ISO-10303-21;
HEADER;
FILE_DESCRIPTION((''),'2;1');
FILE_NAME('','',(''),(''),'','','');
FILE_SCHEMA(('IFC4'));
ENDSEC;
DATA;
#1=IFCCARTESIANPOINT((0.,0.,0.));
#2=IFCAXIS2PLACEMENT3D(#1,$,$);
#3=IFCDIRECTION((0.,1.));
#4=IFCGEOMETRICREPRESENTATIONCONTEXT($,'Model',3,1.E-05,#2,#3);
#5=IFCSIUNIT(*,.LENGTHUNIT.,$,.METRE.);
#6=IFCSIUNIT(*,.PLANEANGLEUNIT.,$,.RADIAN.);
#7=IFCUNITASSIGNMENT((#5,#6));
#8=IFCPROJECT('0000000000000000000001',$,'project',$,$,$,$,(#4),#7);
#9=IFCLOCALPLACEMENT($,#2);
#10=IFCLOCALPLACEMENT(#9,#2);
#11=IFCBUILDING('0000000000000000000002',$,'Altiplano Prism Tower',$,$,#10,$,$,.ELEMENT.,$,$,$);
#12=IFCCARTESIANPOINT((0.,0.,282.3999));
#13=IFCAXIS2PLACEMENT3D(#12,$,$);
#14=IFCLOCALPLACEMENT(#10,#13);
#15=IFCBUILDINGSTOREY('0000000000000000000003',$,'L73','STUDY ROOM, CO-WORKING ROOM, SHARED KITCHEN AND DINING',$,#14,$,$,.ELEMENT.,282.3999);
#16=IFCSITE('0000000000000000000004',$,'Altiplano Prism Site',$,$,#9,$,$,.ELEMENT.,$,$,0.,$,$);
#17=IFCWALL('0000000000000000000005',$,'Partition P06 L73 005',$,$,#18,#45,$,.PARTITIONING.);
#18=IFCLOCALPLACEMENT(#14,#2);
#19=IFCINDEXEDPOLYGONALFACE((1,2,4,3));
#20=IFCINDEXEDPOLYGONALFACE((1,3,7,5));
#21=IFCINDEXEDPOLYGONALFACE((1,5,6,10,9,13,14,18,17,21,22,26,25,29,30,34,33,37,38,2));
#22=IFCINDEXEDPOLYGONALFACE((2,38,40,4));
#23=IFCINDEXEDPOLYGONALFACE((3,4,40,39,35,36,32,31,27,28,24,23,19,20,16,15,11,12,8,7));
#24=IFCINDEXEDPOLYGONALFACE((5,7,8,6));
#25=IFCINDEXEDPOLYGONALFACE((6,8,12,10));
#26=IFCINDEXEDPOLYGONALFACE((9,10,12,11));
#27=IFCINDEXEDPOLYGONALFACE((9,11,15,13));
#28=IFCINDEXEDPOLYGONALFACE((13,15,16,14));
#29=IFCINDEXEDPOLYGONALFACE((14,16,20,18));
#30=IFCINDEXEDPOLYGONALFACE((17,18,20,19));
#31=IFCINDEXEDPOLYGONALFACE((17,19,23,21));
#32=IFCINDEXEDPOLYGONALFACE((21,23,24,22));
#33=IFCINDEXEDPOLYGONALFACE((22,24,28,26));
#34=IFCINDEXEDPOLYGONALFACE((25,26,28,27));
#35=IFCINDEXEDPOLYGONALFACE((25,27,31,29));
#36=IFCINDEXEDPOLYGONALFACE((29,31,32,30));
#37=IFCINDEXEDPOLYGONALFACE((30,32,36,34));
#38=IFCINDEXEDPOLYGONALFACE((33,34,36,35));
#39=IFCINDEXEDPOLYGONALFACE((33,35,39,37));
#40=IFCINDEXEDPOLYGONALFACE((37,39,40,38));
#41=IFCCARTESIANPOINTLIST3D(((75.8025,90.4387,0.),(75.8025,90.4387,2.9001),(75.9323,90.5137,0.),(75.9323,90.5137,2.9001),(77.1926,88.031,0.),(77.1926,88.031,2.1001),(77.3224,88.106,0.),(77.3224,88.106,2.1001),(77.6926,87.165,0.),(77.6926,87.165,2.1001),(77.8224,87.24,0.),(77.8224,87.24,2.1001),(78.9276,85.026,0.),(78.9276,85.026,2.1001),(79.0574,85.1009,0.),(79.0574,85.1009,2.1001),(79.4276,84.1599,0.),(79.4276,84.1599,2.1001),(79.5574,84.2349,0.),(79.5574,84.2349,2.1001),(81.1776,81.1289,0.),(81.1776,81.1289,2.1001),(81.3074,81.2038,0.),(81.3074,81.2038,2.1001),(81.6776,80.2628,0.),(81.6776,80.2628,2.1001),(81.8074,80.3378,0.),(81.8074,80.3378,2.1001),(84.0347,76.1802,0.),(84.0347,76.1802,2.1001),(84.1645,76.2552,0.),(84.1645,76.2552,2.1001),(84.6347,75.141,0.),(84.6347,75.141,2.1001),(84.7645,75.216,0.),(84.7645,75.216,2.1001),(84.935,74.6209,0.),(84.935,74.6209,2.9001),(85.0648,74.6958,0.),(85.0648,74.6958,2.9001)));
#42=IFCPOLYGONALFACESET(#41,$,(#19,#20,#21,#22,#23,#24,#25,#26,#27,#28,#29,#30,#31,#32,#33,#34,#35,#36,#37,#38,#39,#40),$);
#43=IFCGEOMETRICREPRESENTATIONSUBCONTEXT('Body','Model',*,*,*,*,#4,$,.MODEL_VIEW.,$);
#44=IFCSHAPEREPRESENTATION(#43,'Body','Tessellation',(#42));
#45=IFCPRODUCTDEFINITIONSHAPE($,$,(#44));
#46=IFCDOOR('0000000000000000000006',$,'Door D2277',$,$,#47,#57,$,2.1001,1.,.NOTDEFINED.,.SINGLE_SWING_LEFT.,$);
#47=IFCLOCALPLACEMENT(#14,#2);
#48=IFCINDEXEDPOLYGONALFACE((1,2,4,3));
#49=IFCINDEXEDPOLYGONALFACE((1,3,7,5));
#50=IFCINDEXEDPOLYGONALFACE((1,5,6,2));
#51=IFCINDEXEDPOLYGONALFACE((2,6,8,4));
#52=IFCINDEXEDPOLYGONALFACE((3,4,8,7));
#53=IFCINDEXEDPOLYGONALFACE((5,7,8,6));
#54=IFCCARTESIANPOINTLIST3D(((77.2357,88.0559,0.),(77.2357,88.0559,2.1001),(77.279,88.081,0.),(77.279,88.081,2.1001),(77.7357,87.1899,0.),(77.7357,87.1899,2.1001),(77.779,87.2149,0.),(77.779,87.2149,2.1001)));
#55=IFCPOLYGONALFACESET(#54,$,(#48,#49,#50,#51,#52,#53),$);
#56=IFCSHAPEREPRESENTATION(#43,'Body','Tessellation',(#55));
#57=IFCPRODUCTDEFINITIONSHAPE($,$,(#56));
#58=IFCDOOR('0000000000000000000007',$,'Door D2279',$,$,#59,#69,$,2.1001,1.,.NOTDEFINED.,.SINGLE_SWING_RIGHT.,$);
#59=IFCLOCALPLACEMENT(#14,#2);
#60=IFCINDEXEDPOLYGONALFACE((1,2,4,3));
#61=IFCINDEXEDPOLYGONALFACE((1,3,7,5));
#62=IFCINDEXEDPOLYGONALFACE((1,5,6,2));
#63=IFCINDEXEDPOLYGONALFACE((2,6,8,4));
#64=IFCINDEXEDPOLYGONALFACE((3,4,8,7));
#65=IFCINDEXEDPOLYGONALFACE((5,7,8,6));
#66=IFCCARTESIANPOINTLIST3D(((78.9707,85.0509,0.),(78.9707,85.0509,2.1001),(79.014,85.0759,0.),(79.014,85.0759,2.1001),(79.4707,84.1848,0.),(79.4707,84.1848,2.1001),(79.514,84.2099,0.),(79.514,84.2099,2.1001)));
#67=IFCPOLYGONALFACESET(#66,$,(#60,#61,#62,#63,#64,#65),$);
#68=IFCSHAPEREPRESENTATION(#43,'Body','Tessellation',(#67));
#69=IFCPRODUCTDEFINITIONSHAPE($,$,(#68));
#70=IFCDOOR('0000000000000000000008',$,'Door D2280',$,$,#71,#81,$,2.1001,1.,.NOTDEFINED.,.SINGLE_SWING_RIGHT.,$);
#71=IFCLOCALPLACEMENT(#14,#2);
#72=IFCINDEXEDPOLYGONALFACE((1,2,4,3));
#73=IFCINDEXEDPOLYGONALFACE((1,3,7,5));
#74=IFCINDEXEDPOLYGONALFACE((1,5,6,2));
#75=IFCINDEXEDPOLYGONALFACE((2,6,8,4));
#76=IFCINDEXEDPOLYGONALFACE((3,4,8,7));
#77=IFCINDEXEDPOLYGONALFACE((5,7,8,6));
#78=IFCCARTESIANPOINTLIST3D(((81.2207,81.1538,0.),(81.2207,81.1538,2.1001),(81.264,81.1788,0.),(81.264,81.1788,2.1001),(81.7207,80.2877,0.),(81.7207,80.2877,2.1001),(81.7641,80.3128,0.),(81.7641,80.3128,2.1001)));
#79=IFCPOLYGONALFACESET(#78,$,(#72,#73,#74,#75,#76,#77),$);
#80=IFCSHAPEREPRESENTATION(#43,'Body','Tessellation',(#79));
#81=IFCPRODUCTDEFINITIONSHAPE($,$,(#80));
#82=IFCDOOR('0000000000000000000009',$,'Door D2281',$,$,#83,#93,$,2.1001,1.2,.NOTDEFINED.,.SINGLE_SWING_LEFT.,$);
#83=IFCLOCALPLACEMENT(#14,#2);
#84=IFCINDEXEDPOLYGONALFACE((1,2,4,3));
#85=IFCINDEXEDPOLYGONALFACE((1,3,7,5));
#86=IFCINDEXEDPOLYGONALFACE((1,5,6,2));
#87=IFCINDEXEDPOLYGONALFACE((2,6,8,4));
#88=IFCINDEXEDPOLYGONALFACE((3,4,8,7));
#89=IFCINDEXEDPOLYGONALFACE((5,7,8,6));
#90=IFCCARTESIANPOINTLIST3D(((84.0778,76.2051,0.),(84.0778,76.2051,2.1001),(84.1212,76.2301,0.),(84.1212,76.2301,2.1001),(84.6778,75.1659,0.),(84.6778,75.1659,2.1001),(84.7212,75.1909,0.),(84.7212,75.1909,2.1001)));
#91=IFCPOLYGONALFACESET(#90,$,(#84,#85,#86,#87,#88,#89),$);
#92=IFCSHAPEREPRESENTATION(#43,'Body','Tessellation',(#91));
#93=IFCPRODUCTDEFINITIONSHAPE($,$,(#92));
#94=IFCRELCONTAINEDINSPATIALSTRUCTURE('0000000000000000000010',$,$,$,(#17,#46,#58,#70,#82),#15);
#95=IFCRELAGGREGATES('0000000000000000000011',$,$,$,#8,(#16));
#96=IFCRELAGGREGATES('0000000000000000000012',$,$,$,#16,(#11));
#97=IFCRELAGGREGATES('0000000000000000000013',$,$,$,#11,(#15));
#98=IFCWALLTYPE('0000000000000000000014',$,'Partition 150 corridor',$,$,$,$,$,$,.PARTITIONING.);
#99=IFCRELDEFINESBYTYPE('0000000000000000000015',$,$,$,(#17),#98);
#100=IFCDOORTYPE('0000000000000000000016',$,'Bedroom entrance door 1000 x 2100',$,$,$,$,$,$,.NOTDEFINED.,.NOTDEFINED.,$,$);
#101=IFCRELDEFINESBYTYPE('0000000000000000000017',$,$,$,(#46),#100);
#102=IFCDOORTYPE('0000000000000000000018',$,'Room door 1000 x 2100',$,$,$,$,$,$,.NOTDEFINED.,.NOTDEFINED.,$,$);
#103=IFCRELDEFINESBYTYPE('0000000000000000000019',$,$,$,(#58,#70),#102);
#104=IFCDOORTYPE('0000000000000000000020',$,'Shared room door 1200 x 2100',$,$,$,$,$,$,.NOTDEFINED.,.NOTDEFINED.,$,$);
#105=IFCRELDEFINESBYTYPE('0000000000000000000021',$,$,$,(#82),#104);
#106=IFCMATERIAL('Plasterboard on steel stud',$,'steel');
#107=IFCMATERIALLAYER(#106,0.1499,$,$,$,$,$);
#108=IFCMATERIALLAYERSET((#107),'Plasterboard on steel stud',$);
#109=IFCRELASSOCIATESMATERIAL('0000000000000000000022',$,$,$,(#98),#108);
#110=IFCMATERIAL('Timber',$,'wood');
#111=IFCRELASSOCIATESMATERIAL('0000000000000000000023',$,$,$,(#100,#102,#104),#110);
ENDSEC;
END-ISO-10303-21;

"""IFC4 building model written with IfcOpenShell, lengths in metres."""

from ifc_helpers import new_model, si_unit, direction, frame, frame_2d, origin, place, context, subcontext, project, spatial, rectangle, extrude, material, layer, layer_set, type_object, element, fill, save


model = new_model("IFC4")

# Units and contexts
model_context = context("Model", 3, precision=1e-05, world=origin(), true_north=direction((0.0, 1.0)))
body_context = subcontext(model_context, "Body", "Model", "MODEL_VIEW")
ifc_project = project(units=[si_unit("LENGTHUNIT", "METRE"), si_unit("PLANEANGLEUNIT", "RADIAN")], contexts=[model_context])

# Site, building, storey
site_placement = place(None, origin())
site = spatial("IfcSite", under=ifc_project, at=site_placement, Name="Altiplano Prism Site", CompositionType="ELEMENT", RefElevation=0.0)
building_placement = place(site_placement, origin())
building = spatial("IfcBuilding", under=site, at=building_placement, Name="Altiplano Prism Tower", CompositionType="ELEMENT")
storey_placement = place(building_placement, frame((0.0, 0.0, 282.3999)))
storey = spatial("IfcBuildingStorey", under=building, at=storey_placement, Name="L73", Description="STUDY ROOM, CO-WORKING ROOM, SHARED KITCHEN AND DINING", CompositionType="ELEMENT", Elevation=282.3999)

# Shared definitions
ifc_material_1 = material(Name="Plasterboard on steel stud", Category="steel")
ifc_material_2 = material(Name="Timber", Category="wood")

# Wall, openings, doors
ifc_layer_1 = layer(ifc_material_1, 0.1499)
ifc_layer_set_1 = layer_set([ifc_layer_1], Name="Plasterboard on steel stud")
wall_type_1 = type_object("IfcWallType", Name="Partition 150 corridor", PredefinedType="PARTITIONING", material=ifc_layer_set_1)
wall_1_placement = place(storey_placement, frame((75.8674, 90.4761, 0.0), z_axis=(0.0, 0.0, 1.0), x_axis=(0.500005, -0.866023, 0.0)))
wall_1 = element("IfcWall", 1, at=wall_1_placement, inside=storey, type_object=wall_type_1, Name="Partition P06 L73 005", PredefinedType="PARTITIONING", context=body_context, shape_type="SweptSolid", body=[
    extrude(rectangle(XDim=18.2649, YDim=0.1499, at=frame_2d((9.1323, 0.0))), origin(), (0.0, 0.0, 1.0), 2.9001),
])
opening_1_placement = place(wall_1_placement, frame((2.78, 0.0, 0.0)))
opening_1 = element("IfcOpeningElement", 2, at=opening_1_placement, cuts=wall_1, PredefinedType="OPENING", context=body_context, shape_type="SweptSolid", body=[
    extrude(rectangle(XDim=1.0, YDim=2.1001, at=frame_2d((0.5, 1.05))), frame((0.0, 0.0854, 0.0), z_axis=(0.0, -1.0, 0.0), x_axis=(1.0, 0.0, 0.0)), (0.0, 0.0, 1.0), 0.1709),
])
opening_2_placement = place(wall_1_placement, frame((6.25, 0.0, 0.0)))
opening_2 = element("IfcOpeningElement", 3, at=opening_2_placement, cuts=wall_1, PredefinedType="OPENING", context=body_context, shape_type="SweptSolid", body=[
    extrude(rectangle(XDim=1.0, YDim=2.1001, at=frame_2d((0.5, 1.05))), frame((0.0, 0.0854, 0.0), z_axis=(0.0, -1.0, 0.0), x_axis=(1.0, 0.0, 0.0)), (0.0, 0.0, 1.0), 0.1709),
])
opening_3_placement = place(wall_1_placement, frame((10.75, 0.0, 0.0)))
opening_3 = element("IfcOpeningElement", 4, at=opening_3_placement, cuts=wall_1, PredefinedType="OPENING", context=body_context, shape_type="SweptSolid", body=[
    extrude(rectangle(XDim=1.0, YDim=2.1001, at=frame_2d((0.5, 1.05))), frame((0.0, 0.0854, 0.0), z_axis=(0.0, -1.0, 0.0), x_axis=(1.0, 0.0, 0.0)), (0.0, 0.0, 1.0), 0.1709),
])
opening_4_placement = place(wall_1_placement, frame((16.4641, 0.0, 0.0)))
opening_4 = element("IfcOpeningElement", 5, at=opening_4_placement, cuts=wall_1, PredefinedType="OPENING", context=body_context, shape_type="SweptSolid", body=[
    extrude(rectangle(XDim=1.2, YDim=2.1001, at=frame_2d((0.6001, 1.05))), frame((0.0, 0.0854, 0.0), z_axis=(0.0, -1.0, 0.0), x_axis=(1.0, 0.0, 0.0)), (0.0, 0.0, 1.0), 0.1709),
])
door_type_1 = type_object("IfcDoorType", Name="Bedroom entrance door 1000 x 2100", OperationType="NOTDEFINED", PredefinedType="NOTDEFINED", material=ifc_material_2)
door_1_placement = place(opening_1_placement, origin())
door_1 = element("IfcDoor", 6, at=door_1_placement, inside=storey, type_object=door_type_1, Name="Door D2277", OperationType="SINGLE_SWING_LEFT", OverallHeight=2.1001, OverallWidth=1.0, PredefinedType="NOTDEFINED", context=body_context, shape_type="SweptSolid", body=[
    extrude(rectangle(XDim=1.0, YDim=2.1001, at=frame_2d((0.5, 1.05))), frame((0.0, 0.0249, 0.0), z_axis=(0.0, -1.0, 0.0), x_axis=(1.0, 0.0, 0.0)), (0.0, 0.0, 1.0), 0.05),
])
fill(opening_1, door_1)
door_type_2 = type_object("IfcDoorType", Name="Room door 1000 x 2100", OperationType="NOTDEFINED", PredefinedType="NOTDEFINED", material=ifc_material_2)
door_2_placement = place(opening_2_placement, origin())
door_2 = element("IfcDoor", 7, at=door_2_placement, inside=storey, type_object=door_type_2, Name="Door D2279", OperationType="SINGLE_SWING_RIGHT", OverallHeight=2.1001, OverallWidth=1.0, PredefinedType="NOTDEFINED", context=body_context, shape_type="SweptSolid", body=[
    extrude(rectangle(XDim=1.0, YDim=2.1001, at=frame_2d((0.5, 1.05))), frame((0.0, 0.0249, 0.0), z_axis=(0.0, -1.0, 0.0), x_axis=(1.0, 0.0, 0.0)), (0.0, 0.0, 1.0), 0.05),
])
fill(opening_2, door_2)
door_3_placement = place(opening_3_placement, origin())
door_3 = element("IfcDoor", 8, at=door_3_placement, inside=storey, type_object=door_type_2, Name="Door D2280", OperationType="SINGLE_SWING_RIGHT", OverallHeight=2.1001, OverallWidth=1.0, PredefinedType="NOTDEFINED", context=body_context, shape_type="SweptSolid", body=[
    extrude(rectangle(XDim=1.0, YDim=2.1001, at=frame_2d((0.5, 1.05))), frame((0.0, 0.0249, 0.0), z_axis=(0.0, -1.0, 0.0), x_axis=(1.0, 0.0, 0.0)), (0.0, 0.0, 1.0), 0.05),
])
fill(opening_3, door_3)
door_type_3 = type_object("IfcDoorType", Name="Shared room door 1200 x 2100", OperationType="NOTDEFINED", PredefinedType="NOTDEFINED", material=ifc_material_2)
door_4_placement = place(opening_4_placement, origin())
door_4 = element("IfcDoor", 9, at=door_4_placement, inside=storey, type_object=door_type_3, Name="Door D2281", OperationType="SINGLE_SWING_LEFT", OverallHeight=2.1001, OverallWidth=1.2, PredefinedType="NOTDEFINED", context=body_context, shape_type="SweptSolid", body=[
    extrude(rectangle(XDim=1.2, YDim=2.1001, at=frame_2d((0.6001, 1.05))), frame((0.0, 0.0249, 0.0), z_axis=(0.0, -1.0, 0.0), x_axis=(1.0, 0.0, 0.0)), (0.0, 0.0, 1.0), 0.05),
])
fill(opening_4, door_4)

save(model, "model.ifc")
